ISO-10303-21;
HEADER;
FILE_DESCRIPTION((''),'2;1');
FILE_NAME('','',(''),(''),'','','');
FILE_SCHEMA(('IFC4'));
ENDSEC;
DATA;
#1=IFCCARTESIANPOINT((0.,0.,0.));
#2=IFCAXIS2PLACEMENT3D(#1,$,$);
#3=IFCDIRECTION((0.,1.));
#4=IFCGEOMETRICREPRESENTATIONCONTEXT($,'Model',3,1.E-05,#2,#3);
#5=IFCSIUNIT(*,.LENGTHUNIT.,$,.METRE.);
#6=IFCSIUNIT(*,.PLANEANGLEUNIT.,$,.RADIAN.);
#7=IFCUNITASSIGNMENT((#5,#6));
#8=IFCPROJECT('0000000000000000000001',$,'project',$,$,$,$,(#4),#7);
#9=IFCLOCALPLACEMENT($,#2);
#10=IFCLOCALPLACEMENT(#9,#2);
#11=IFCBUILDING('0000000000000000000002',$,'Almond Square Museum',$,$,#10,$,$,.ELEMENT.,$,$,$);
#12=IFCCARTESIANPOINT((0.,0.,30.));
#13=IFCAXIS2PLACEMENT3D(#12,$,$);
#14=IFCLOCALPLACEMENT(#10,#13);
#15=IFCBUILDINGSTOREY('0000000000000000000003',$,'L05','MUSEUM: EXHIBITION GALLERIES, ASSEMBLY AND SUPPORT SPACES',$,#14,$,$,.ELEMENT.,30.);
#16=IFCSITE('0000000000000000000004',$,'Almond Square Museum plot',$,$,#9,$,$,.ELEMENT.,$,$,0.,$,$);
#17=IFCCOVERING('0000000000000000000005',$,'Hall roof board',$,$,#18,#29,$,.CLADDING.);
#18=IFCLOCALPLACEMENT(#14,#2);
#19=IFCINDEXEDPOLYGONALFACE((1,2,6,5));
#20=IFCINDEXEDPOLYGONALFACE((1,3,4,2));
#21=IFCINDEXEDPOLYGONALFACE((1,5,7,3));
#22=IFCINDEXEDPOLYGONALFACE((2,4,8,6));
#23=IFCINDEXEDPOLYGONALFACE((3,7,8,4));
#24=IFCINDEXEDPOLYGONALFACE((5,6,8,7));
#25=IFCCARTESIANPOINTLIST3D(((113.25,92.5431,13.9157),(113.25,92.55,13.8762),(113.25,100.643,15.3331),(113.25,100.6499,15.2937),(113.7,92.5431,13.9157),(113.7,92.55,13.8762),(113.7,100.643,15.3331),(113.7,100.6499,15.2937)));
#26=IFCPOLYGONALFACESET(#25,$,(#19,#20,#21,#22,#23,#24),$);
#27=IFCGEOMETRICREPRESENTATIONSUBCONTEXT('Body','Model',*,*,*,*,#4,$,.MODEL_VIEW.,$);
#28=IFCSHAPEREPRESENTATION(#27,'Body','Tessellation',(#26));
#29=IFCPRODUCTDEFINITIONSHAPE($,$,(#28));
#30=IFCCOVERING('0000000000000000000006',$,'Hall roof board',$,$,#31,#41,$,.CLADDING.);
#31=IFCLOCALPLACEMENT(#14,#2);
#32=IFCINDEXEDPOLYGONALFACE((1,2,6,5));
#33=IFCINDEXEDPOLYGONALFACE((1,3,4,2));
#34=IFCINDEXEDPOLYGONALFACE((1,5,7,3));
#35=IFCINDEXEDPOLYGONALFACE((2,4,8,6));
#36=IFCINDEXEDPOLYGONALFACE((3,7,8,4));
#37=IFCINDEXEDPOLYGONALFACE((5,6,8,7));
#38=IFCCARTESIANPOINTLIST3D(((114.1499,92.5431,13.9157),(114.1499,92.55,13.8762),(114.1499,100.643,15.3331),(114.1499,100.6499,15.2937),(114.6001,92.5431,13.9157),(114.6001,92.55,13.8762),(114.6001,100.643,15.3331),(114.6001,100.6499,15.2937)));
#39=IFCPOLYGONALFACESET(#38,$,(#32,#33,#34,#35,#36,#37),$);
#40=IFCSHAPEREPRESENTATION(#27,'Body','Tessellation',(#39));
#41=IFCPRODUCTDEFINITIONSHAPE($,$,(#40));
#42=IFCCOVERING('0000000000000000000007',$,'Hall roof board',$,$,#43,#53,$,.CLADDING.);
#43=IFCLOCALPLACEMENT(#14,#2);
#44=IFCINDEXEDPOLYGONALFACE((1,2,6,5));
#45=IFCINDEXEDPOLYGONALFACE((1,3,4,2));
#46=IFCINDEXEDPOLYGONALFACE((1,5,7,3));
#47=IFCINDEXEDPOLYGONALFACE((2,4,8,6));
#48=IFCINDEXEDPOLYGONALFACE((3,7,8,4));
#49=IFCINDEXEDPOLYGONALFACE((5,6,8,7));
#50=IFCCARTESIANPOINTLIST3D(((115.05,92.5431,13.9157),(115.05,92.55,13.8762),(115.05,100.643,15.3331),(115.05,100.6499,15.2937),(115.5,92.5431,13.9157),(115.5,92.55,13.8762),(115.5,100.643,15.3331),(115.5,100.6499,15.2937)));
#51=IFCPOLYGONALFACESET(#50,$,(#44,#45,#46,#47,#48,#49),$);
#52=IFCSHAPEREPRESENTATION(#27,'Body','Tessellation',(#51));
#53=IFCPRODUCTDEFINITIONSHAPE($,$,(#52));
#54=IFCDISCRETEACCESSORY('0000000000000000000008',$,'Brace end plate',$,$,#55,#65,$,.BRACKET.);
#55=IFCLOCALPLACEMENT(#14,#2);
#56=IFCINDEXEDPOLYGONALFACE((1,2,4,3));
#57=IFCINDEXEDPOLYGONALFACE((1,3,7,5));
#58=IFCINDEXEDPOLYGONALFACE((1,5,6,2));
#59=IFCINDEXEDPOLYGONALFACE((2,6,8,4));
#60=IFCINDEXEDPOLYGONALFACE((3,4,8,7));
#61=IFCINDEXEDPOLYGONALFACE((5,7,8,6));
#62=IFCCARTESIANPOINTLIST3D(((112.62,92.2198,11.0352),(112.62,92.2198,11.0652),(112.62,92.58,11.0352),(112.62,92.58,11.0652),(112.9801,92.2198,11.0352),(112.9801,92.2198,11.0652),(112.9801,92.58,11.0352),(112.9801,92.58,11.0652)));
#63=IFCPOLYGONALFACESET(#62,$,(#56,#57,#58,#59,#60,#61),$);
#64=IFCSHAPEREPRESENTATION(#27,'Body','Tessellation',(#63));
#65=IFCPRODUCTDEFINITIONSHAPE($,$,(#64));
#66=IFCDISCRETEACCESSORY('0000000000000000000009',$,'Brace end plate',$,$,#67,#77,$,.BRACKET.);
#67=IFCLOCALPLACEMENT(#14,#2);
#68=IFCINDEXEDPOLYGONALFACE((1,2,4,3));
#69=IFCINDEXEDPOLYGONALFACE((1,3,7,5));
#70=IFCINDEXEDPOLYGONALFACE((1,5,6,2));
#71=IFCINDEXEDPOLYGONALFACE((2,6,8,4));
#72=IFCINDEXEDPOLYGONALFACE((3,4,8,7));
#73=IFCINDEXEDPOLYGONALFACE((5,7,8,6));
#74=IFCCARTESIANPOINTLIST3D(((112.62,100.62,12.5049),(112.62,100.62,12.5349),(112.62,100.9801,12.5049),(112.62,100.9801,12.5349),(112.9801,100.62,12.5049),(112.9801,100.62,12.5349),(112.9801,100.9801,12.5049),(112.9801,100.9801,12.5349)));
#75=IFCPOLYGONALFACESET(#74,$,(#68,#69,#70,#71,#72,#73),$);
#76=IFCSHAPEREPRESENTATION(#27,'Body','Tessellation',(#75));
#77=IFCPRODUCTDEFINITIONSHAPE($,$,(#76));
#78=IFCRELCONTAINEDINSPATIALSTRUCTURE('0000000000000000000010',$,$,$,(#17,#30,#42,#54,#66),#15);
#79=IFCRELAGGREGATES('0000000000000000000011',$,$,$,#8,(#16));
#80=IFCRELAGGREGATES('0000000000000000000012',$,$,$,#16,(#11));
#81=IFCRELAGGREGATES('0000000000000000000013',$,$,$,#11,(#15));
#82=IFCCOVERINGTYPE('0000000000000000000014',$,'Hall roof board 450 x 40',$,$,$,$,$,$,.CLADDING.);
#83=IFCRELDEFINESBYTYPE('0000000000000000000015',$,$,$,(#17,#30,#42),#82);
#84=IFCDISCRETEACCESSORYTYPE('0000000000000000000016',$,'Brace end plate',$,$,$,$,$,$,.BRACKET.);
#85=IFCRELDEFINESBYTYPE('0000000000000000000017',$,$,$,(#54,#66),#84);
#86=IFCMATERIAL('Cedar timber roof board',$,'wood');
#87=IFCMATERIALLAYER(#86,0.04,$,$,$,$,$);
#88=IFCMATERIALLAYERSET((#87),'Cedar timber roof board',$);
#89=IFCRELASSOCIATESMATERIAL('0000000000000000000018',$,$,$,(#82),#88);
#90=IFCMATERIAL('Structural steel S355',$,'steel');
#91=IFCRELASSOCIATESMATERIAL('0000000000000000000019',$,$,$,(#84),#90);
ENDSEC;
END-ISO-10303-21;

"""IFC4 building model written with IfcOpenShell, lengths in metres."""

from ifc_helpers import new_model, si_unit, direction, frame, origin, origin_2d, place, context, subcontext, project, spatial, polyline, rectangle, outline, extrude, material, layer, layer_set, type_object, element, save


model = new_model("IFC4")

# Units and contexts
model_context = context("Model", 3, precision=1e-05, world=origin(), true_north=direction((0.0, 1.0)))
body_context = subcontext(model_context, "Body", "Model", "MODEL_VIEW")
ifc_project = project(units=[si_unit("LENGTHUNIT", "METRE"), si_unit("PLANEANGLEUNIT", "RADIAN")], contexts=[model_context])

# Site, building, storey
site_placement = place(None, origin())
site = spatial("IfcSite", under=ifc_project, at=site_placement, Name="Almond Square Museum plot", CompositionType="ELEMENT", RefElevation=0.0)
building_placement = place(site_placement, origin())
building = spatial("IfcBuilding", under=site, at=building_placement, Name="Almond Square Museum", CompositionType="ELEMENT")
storey_placement = place(building_placement, frame((0.0, 0.0, 30.0)))
storey = spatial("IfcBuildingStorey", under=building, at=storey_placement, Name="L05", Description="MUSEUM: EXHIBITION GALLERIES, ASSEMBLY AND SUPPORT SPACES", CompositionType="ELEMENT", Elevation=30.0)

# Coverings
ifc_material_1 = material(Name="Cedar timber roof board", Category="wood")
ifc_layer = layer(ifc_material_1, 0.04)
ifc_layer_set = layer_set([ifc_layer], Name="Cedar timber roof board")
covering_type = type_object("IfcCoveringType", Name="Hall roof board 450 x 40", PredefinedType="CLADDING", material=ifc_layer_set)
for number, where, z_axis, x_axis, name in (
    (1, (113.7, 100.6499, 15.2937), (0.0, -0.172381, 0.98503), (-1.0, 0.0, 0.0), "Hall roof board"),
):
    element("IfcCovering", number, at=place(storey_placement, frame(where, z_axis=z_axis, x_axis=x_axis)), inside=storey, type_object=covering_type, Name=name, PredefinedType="CLADDING", context=body_context, shape_type="SweptSolid", body=[
        extrude(outline(polyline([(0.0, 0.0), (0.45, 0.0), (0.45, 8.2229), (0.0, 8.2229), (0.0, 0.0)])), origin(), (0.0, 0.0, 1.0), 0.04),
    ])
covering_1_placement = place(storey_placement, frame((114.6001, 100.6499, 15.2937), z_axis=(0.0, -0.172381, 0.98503), x_axis=(-1.0, 0.0, 0.0)))
element("IfcCovering", 2, at=covering_1_placement, inside=storey, type_object=covering_type, Name="Hall roof board", PredefinedType="CLADDING", context=body_context, shape_type="SweptSolid", body=[
    extrude(outline(polyline([(0.0, 0.0), (0.4502, 0.0), (0.4502, 8.2229), (0.0, 8.2229), (0.0, 0.0)])), origin(), (0.0, 0.0, 1.0), 0.04),
])
covering_2_placement = place(storey_placement, frame((115.5, 100.6499, 15.2937), z_axis=(0.0, -0.172381, 0.98503), x_axis=(-1.0, 0.0, 0.0)))
element("IfcCovering", 3, at=covering_2_placement, inside=storey, type_object=covering_type, Name="Hall roof board", PredefinedType="CLADDING", context=body_context, shape_type="SweptSolid", body=[
    extrude(outline(polyline([(0.0, 0.0), (0.45, 0.0), (0.45, 8.2229), (0.0, 8.2229), (0.0, 0.0)])), origin(), (0.0, 0.0, 1.0), 0.04),
])

# Discrete accessories
ifc_material_2 = material(Name="Structural steel S355", Category="steel")
discrete_accessory_type = type_object("IfcDiscreteAccessoryType", Name="Brace end plate", PredefinedType="BRACKET", material=ifc_material_2)
for number, where, z_axis, x_axis, name in (
    (4, (112.8, 92.3999, 11.0352), (0.0, 0.0, 1.0), (1.0, 0.0, 0.0), "Brace end plate"),
    (5, (112.8, 100.8, 12.5049), (0.0, 0.0, 1.0), (1.0, 0.0, 0.0), "Brace end plate"),
):
    element("IfcDiscreteAccessory", number, at=place(storey_placement, frame(where, z_axis=z_axis, x_axis=x_axis)), inside=storey, type_object=discrete_accessory_type, Name=name, PredefinedType="BRACKET", context=body_context, shape_type="SweptSolid", body=[
        extrude(rectangle(XDim=0.3601, YDim=0.3601, at=origin_2d()), origin(), (0.0, 0.0, 1.0), 0.03),
    ])

save(model, "model.ifc")
